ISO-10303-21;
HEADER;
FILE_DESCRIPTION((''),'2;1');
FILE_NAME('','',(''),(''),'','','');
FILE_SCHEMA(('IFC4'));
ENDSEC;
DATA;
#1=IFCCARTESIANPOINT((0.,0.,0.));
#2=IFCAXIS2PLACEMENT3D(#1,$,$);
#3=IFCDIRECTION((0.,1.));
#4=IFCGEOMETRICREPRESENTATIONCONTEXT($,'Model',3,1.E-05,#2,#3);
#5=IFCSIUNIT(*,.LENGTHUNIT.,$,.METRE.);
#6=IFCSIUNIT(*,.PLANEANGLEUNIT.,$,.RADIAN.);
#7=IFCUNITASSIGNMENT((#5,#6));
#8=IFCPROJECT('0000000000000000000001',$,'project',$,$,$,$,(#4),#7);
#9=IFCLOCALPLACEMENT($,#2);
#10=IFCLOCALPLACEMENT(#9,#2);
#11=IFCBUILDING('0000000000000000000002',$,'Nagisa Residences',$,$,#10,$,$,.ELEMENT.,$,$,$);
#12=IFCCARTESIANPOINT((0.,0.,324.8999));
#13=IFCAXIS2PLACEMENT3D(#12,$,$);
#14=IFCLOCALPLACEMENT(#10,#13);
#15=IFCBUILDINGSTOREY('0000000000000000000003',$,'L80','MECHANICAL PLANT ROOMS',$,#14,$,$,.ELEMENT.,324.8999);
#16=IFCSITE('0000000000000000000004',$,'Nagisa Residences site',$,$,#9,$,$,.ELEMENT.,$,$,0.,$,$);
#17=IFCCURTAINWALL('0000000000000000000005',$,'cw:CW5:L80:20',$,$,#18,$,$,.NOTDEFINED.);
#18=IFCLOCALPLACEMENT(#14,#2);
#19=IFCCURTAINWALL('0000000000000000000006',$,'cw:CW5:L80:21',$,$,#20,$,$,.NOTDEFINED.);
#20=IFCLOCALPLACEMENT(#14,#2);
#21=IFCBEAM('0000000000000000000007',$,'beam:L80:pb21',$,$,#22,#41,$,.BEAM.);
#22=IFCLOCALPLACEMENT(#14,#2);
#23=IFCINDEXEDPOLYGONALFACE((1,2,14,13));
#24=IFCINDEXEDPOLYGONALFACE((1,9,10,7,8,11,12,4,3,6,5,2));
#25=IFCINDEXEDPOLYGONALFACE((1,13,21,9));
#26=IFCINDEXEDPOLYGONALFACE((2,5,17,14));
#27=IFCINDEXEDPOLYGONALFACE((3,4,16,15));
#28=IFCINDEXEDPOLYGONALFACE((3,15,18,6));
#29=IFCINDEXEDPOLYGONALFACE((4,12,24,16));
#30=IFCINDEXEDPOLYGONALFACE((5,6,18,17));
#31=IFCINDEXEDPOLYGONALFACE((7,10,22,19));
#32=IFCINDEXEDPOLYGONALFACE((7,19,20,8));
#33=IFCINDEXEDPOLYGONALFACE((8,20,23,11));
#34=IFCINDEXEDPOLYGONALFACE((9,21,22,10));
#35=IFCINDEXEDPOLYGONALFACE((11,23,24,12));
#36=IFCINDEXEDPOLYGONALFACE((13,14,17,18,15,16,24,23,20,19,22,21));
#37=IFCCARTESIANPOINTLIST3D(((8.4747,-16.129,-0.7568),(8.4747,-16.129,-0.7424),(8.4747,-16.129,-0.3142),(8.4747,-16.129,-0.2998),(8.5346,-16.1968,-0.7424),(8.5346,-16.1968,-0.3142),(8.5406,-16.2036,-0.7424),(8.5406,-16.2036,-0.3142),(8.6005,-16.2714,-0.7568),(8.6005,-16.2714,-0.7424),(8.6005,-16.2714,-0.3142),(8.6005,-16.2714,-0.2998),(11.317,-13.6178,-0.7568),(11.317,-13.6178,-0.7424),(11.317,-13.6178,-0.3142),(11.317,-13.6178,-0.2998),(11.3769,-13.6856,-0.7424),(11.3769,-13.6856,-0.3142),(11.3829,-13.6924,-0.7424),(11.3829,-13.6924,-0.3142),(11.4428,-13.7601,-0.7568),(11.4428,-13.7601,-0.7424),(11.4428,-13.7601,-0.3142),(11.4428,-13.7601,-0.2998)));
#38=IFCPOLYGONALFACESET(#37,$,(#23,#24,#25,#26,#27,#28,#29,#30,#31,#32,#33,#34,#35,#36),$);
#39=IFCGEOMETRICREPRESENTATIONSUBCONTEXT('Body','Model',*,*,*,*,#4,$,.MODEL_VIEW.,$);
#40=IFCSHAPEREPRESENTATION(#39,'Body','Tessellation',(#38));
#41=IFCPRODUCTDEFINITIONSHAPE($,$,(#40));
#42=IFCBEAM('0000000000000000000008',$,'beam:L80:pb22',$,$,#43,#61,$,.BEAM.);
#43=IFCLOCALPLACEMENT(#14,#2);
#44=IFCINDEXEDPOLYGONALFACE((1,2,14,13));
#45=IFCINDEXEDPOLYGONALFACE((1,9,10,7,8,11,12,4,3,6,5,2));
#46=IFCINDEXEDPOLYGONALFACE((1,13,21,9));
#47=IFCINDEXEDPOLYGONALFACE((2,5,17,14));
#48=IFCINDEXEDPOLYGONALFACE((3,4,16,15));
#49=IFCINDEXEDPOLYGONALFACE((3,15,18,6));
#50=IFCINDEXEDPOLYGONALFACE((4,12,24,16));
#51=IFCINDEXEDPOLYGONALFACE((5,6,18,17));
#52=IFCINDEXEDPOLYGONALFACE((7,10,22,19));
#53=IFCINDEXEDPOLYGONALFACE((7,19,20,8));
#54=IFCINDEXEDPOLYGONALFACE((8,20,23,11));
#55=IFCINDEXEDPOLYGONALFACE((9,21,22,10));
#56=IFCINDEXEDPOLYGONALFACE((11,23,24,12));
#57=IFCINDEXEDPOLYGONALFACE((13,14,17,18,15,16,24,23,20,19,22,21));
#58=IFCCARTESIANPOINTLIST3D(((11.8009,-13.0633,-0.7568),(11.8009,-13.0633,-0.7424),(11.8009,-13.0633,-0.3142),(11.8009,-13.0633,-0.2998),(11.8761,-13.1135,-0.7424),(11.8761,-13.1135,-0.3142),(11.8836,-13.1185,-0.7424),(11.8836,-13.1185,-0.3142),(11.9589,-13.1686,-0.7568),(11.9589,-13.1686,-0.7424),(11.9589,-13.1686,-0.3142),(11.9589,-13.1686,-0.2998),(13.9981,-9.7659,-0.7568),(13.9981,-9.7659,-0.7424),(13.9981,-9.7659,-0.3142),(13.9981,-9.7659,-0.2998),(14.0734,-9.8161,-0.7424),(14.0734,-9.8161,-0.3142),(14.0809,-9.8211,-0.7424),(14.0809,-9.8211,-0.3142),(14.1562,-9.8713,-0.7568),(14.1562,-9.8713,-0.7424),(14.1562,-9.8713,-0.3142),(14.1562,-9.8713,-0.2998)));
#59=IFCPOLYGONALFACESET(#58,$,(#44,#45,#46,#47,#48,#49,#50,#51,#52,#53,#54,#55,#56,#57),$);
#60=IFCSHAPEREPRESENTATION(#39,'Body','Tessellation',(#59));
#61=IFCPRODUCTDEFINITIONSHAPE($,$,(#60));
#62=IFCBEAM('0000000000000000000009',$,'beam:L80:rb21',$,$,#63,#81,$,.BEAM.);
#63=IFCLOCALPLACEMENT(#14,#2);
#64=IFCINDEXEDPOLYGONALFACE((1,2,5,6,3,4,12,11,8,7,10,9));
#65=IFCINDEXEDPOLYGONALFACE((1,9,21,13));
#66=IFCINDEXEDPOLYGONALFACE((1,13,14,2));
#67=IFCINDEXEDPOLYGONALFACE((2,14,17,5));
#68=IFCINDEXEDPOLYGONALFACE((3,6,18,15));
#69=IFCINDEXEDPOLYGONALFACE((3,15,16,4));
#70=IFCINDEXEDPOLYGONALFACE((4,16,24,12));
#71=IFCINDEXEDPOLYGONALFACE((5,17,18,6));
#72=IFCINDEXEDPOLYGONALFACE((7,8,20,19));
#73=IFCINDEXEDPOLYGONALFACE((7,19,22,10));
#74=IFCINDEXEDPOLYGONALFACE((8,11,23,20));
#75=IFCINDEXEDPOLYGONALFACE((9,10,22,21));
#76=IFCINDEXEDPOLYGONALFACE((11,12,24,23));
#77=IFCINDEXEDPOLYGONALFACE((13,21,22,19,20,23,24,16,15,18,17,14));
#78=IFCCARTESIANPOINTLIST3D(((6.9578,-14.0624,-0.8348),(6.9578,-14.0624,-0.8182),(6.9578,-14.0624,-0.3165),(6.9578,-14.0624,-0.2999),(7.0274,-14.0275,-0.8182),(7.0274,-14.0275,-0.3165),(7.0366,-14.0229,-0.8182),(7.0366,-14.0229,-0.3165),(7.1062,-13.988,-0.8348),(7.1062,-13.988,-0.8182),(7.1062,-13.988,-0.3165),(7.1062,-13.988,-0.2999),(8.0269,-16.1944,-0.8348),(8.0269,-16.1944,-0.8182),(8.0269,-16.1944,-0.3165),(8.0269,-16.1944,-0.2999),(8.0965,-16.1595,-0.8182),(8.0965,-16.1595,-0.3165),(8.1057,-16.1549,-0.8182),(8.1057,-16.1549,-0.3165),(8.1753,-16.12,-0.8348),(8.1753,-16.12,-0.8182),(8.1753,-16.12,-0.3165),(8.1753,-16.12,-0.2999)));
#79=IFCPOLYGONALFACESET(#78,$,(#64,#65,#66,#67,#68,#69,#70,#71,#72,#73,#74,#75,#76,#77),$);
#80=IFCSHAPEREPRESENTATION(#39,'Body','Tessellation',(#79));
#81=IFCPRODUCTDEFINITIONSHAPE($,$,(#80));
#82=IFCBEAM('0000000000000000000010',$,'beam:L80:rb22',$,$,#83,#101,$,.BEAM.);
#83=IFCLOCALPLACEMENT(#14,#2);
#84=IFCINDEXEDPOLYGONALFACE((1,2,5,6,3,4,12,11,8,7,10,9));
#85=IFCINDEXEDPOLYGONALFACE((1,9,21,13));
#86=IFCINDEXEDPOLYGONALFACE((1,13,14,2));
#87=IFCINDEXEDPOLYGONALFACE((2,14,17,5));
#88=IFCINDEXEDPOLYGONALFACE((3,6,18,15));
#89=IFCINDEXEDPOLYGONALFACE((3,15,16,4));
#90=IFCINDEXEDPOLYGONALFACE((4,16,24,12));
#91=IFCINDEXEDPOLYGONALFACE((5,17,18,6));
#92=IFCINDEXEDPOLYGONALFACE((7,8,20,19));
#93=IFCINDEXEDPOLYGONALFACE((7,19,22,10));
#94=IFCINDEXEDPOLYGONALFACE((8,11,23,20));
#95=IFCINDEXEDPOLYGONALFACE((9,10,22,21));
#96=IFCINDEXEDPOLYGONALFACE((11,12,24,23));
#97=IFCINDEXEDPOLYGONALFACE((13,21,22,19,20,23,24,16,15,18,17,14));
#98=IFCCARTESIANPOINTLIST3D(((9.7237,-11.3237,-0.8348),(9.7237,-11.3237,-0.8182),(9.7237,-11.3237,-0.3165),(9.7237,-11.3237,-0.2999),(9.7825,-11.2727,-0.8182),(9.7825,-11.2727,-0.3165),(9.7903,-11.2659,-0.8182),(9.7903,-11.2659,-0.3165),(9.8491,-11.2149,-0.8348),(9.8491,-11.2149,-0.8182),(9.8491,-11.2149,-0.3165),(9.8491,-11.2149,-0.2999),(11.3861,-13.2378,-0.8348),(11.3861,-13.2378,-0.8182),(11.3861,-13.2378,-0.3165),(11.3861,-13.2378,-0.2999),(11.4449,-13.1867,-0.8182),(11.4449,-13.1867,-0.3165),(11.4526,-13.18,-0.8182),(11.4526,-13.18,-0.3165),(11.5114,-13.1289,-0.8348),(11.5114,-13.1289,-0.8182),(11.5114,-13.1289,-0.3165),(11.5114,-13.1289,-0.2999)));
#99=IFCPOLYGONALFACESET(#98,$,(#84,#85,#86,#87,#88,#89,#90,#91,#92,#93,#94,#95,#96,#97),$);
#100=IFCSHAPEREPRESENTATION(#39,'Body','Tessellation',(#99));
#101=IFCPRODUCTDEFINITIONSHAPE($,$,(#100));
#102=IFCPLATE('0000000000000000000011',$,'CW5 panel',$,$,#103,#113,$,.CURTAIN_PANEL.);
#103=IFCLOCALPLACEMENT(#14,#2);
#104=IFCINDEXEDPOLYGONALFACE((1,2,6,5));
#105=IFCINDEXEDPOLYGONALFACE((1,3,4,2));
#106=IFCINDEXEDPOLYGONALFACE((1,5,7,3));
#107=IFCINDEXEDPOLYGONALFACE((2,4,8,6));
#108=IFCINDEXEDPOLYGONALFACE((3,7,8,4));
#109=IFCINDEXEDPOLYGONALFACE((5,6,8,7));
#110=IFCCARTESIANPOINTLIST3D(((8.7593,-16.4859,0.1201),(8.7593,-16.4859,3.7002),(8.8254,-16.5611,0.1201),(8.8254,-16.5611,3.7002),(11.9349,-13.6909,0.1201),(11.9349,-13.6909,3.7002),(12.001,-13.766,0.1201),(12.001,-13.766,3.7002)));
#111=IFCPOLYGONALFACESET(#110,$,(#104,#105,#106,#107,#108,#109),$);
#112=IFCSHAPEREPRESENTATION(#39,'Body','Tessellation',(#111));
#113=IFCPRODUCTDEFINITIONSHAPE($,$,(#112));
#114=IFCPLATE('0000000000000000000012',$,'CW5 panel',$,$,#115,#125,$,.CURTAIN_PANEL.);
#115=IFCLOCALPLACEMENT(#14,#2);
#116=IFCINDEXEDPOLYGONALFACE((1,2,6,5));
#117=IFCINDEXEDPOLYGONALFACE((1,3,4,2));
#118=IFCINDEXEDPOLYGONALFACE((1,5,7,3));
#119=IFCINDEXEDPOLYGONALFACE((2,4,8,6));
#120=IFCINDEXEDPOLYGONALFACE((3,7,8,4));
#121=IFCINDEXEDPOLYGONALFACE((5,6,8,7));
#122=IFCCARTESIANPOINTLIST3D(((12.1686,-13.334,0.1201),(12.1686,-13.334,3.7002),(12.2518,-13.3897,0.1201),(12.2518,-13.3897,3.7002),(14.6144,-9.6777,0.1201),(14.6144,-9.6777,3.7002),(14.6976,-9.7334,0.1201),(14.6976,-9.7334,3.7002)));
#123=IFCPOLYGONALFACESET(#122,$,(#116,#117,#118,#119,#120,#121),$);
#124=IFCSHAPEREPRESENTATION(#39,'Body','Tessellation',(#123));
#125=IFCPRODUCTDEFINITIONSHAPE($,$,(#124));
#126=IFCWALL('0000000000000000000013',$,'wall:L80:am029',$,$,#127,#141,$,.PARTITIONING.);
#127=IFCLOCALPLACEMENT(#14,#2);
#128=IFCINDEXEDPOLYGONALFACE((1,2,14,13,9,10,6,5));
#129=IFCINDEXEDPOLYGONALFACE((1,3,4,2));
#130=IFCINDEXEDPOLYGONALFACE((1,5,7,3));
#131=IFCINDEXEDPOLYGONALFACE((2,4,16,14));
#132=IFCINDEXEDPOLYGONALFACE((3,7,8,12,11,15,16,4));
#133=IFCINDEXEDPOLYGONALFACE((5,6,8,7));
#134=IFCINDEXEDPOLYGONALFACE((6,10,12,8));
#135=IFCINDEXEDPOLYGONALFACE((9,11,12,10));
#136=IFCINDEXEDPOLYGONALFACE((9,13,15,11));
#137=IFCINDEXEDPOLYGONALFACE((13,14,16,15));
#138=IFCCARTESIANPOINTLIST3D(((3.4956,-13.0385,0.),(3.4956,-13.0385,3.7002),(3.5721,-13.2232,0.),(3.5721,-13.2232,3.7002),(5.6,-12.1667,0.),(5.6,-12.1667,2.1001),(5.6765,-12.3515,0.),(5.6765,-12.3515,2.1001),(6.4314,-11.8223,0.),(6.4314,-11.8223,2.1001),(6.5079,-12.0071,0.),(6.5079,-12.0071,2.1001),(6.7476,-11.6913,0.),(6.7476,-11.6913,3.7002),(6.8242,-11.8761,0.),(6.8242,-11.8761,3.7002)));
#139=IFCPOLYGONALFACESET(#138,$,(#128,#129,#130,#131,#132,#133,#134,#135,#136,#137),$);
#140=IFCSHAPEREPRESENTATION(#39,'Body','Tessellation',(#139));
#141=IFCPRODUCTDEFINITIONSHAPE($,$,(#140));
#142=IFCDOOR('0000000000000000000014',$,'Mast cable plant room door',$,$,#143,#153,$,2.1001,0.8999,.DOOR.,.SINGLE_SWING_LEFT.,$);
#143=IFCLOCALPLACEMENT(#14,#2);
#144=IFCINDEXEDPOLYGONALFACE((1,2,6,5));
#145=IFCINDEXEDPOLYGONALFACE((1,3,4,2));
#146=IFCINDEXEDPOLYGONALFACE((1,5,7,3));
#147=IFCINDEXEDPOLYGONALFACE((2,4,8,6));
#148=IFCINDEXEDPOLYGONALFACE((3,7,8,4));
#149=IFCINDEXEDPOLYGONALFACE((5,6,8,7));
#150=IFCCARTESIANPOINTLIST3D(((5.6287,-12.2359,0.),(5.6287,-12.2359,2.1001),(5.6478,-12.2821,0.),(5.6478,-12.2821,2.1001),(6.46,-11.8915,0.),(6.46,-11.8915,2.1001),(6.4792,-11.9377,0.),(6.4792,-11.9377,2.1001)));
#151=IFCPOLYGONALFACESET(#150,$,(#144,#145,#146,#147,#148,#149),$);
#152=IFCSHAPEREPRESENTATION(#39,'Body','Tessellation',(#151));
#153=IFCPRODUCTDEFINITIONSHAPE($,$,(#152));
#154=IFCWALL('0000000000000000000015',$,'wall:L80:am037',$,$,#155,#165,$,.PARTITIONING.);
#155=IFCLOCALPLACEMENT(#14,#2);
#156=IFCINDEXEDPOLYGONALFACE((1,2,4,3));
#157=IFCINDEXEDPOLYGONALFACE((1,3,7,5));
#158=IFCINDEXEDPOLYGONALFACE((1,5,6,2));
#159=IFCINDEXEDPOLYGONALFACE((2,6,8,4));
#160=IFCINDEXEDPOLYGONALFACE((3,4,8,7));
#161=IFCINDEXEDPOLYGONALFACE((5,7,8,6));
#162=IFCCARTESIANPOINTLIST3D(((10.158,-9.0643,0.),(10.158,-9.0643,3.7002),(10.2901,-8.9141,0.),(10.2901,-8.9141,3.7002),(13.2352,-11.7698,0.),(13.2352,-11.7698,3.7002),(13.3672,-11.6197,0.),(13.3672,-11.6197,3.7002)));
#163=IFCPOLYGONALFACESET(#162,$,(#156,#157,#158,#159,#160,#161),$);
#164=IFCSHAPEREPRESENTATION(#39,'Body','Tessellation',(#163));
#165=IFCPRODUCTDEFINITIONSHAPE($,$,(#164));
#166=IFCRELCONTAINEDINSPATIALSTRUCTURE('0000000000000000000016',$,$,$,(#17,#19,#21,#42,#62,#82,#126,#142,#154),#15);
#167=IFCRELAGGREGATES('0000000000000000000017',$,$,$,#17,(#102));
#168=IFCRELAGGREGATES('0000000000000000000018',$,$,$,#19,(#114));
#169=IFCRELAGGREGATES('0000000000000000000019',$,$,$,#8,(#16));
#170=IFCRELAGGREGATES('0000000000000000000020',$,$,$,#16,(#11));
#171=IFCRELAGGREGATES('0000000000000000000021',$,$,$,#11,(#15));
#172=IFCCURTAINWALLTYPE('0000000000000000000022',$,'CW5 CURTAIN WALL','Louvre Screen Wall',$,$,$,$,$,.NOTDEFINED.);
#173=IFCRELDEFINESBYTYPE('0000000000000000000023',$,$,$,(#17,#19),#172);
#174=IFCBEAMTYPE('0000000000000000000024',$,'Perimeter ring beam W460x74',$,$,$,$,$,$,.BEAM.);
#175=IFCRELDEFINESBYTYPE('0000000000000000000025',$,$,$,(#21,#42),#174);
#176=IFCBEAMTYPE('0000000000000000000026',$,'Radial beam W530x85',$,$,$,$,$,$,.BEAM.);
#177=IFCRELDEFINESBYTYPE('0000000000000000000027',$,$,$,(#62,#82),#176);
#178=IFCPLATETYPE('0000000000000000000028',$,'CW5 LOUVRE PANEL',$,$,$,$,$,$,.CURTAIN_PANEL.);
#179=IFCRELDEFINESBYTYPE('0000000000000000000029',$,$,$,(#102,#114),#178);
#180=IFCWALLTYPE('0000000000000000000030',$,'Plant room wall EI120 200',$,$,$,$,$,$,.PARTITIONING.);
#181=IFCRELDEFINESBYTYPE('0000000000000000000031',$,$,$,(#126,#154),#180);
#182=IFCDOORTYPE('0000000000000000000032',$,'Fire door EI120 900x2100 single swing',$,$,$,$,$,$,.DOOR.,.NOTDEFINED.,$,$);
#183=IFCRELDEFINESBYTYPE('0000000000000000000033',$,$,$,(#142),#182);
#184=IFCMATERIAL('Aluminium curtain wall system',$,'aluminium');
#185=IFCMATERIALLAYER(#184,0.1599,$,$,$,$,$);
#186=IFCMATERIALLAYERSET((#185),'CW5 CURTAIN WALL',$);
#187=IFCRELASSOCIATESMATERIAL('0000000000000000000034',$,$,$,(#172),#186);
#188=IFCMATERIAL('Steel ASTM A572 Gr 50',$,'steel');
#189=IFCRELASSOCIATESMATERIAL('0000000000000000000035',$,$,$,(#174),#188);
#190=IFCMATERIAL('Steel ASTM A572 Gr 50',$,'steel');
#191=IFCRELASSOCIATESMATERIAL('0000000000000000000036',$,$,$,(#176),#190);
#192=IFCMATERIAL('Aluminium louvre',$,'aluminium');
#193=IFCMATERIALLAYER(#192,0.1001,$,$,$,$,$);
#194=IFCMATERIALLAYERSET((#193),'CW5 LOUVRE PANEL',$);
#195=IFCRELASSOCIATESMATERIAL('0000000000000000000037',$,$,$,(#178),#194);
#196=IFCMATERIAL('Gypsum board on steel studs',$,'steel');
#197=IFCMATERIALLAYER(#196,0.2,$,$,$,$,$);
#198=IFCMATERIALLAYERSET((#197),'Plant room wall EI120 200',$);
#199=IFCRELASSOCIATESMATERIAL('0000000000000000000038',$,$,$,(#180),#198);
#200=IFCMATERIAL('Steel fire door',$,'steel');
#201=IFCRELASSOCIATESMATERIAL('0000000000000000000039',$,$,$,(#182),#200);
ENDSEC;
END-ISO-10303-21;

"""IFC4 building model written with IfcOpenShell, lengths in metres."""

from ifc_helpers import new_model, si_unit, direction, frame, frame_2d, origin, origin_2d, place, context, subcontext, project, spatial, rectangle, i_section, extrude, material, layer, layer_set, material_profile, profile_set, type_object, element, fill, aggregate, save


model = new_model("IFC4")

# Units and contexts
model_context = context("Model", 3, precision=1e-05, world=origin(), true_north=direction((0.0, 1.0)))
body_context = subcontext(model_context, "Body", "Model", "MODEL_VIEW")
ifc_project = project(units=[si_unit("LENGTHUNIT", "METRE"), si_unit("PLANEANGLEUNIT", "RADIAN")], contexts=[model_context])

# Site, building, storey
site_placement = place(None, origin())
site = spatial("IfcSite", under=ifc_project, at=site_placement, Name="Nagisa Residences site", CompositionType="ELEMENT", RefElevation=0.0)
building_placement = place(site_placement, origin())
building = spatial("IfcBuilding", under=site, at=building_placement, Name="Nagisa Residences", CompositionType="ELEMENT")
storey_placement = place(building_placement, frame((0.0, 0.0, 324.8999)))
storey = spatial("IfcBuildingStorey", under=building, at=storey_placement, Name="L80", Description="MECHANICAL PLANT ROOMS", CompositionType="ELEMENT", Elevation=324.8999)

# Curtain walls
ifc_material_1 = material(Name="Aluminium curtain wall system", Category="aluminium")
ifc_layer_1 = layer(ifc_material_1, 0.1599)
ifc_layer_set_1 = layer_set([ifc_layer_1], Name="CW5 CURTAIN WALL")
curtain_wall_type = type_object("IfcCurtainWallType", Name="CW5 CURTAIN WALL", Description="Louvre Screen Wall", PredefinedType="NOTDEFINED", material=ifc_layer_set_1)
curtain_wall_1_placement = place(storey_placement, origin())
curtain_wall_1 = element("IfcCurtainWall", 1, at=curtain_wall_1_placement, inside=storey, type_object=curtain_wall_type, Name="cw:CW5:L80:20", PredefinedType="NOTDEFINED")
curtain_wall_2_placement = place(storey_placement, origin())
curtain_wall_2 = element("IfcCurtainWall", 2, at=curtain_wall_2_placement, inside=storey, type_object=curtain_wall_type, Name="cw:CW5:L80:21", PredefinedType="NOTDEFINED")

# Beams
ifc_material_2 = material(Name="Steel ASTM A572 Gr 50", Category="steel")
ifc_material_profile_1 = material_profile(ifc_material_2, i_section(OverallWidth=0.1899, OverallDepth=0.457, WebThickness=0.009, FlangeThickness=0.0144, at=origin_2d()), Name="W460x74")
ifc_profile_set_1 = profile_set([ifc_material_profile_1], Name="Steel ASTM A572 Gr 50")
beam_type_1 = type_object("IfcBeamType", Name="Perimeter ring beam W460x74", PredefinedType="BEAM", material=ifc_profile_set_1)
beam_1_placement = place(storey_placement, frame((8.5376, -16.2002, -0.5283), z_axis=(0.749402, 0.662115, 0.0), x_axis=(-0.662115, 0.749402, 0.0)))
element("IfcBeam", 3, at=beam_1_placement, inside=storey, type_object=beam_type_1, Name="beam:L80:pb21", PredefinedType="BEAM", context=body_context, shape_type="SweptSolid", body=[
    extrude(i_section(OverallWidth=0.1899, OverallDepth=0.457, WebThickness=0.009, FlangeThickness=0.0144, at=origin_2d()), origin(), (0.0, 0.0, 1.0), 3.7927),
])
beam_2_placement = place(storey_placement, frame((11.8799, -13.116, -0.5283), z_axis=(0.55453, 0.832164, 0.0), x_axis=(-0.832164, 0.55453, 0.0)))
element("IfcBeam", 4, at=beam_2_placement, inside=storey, type_object=beam_type_1, Name="beam:L80:pb22", PredefinedType="BEAM", context=body_context, shape_type="SweptSolid", body=[
    extrude(i_section(OverallWidth=0.1899, OverallDepth=0.457, WebThickness=0.009, FlangeThickness=0.0144, at=origin_2d()), origin(), (0.0, 0.0, 1.0), 3.9624),
])
ifc_material_3 = material(Name="Steel ASTM A572 Gr 50", Category="steel")
ifc_material_profile_2 = material_profile(ifc_material_3, i_section(OverallWidth=0.166, OverallDepth=0.5349, WebThickness=0.0103, FlangeThickness=0.0166, at=origin_2d()), Name="W530x85")
ifc_profile_set_2 = profile_set([ifc_material_profile_2], Name="Steel ASTM A572 Gr 50")
beam_type_2 = type_object("IfcBeamType", Name="Radial beam W530x85", PredefinedType="BEAM", material=ifc_profile_set_2)
beam_3_placement = place(storey_placement, frame((8.1011, -16.1572, -0.5674), z_axis=(-0.448237, 0.893915, 0.0), x_axis=(-0.893915, -0.448237, 0.0)))
element("IfcBeam", 5, at=beam_3_placement, inside=storey, type_object=beam_type_2, Name="beam:L80:rb21", PredefinedType="BEAM", context=body_context, shape_type="SweptSolid", body=[
    extrude(i_section(OverallWidth=0.166, OverallDepth=0.5349, WebThickness=0.0103, FlangeThickness=0.0166, at=origin_2d()), origin(), (0.0, 0.0, 1.0), 2.385),
])
beam_4_placement = place(storey_placement, frame((11.4487, -13.1833, -0.5674), z_axis=(-0.655718, 0.755006, 0.0), x_axis=(-0.755006, -0.655718, 0.0)))
element("IfcBeam", 6, at=beam_4_placement, inside=storey, type_object=beam_type_2, Name="beam:L80:rb22", PredefinedType="BEAM", context=body_context, shape_type="SweptSolid", body=[
    extrude(i_section(OverallWidth=0.166, OverallDepth=0.5349, WebThickness=0.0103, FlangeThickness=0.0166, at=origin_2d()), origin(), (0.0, 0.0, 1.0), 2.5352),
])

# Plates
ifc_material_4 = material(Name="Aluminium louvre", Category="aluminium")
ifc_layer_2 = layer(ifc_material_4, 0.1001)
ifc_layer_set_2 = layer_set([ifc_layer_2], Name="CW5 LOUVRE PANEL")
plate_type = type_object("IfcPlateType", Name="CW5 LOUVRE PANEL", PredefinedType="CURTAIN_PANEL", material=ifc_layer_set_2)
plate_1_placement = place(storey_placement, frame((10.3801, -15.126, 0.1201), z_axis=(0.0, 0.0, 1.0), x_axis=(0.750651, 0.660699, 0.0)))
plate_1 = element("IfcPlate", 7, at=plate_1_placement, type_object=plate_type, Name="CW5 panel", PredefinedType="CURTAIN_PANEL", context=body_context, shape_type="SweptSolid", body=[
    extrude(rectangle(XDim=4.2305, YDim=0.1001, at=origin_2d()), origin(), (0.0, 0.0, 1.0), 3.5801),
])
aggregate(curtain_wall_1, [plate_1])
plate_2_placement = place(storey_placement, frame((13.4331, -11.5337, 0.1201), z_axis=(0.0, 0.0, 1.0), x_axis=(0.556014, 0.831173, 0.0)))
plate_2 = element("IfcPlate", 8, at=plate_2_placement, type_object=plate_type, Name="CW5 panel", PredefinedType="CURTAIN_PANEL", context=body_context, shape_type="SweptSolid", body=[
    extrude(rectangle(XDim=4.3989, YDim=0.1001, at=origin_2d()), origin(), (0.0, 0.0, 1.0), 3.5801),
])
aggregate(curtain_wall_2, [plate_2])

# Wall, opening, door
ifc_material_5 = material(Name="Gypsum board on steel studs", Category="steel")
ifc_layer_3 = layer(ifc_material_5, 0.2)
ifc_layer_set_3 = layer_set([ifc_layer_3], Name="Plant room wall EI120 200")
wall_type = type_object("IfcWallType", Name="Plant room wall EI120 200", PredefinedType="PARTITIONING", material=ifc_layer_set_3)
wall_1_placement = place(storey_placement, frame((6.7859, -11.7837, 0.0), z_axis=(0.0, 0.0, 1.0), x_axis=(-0.923863, -0.382723, 0.0)))
wall_1 = element("IfcWall", 9, at=wall_1_placement, inside=storey, type_object=wall_type, Name="wall:L80:am029", PredefinedType="PARTITIONING", context=body_context, shape_type="SweptSolid", body=[
    extrude(rectangle(XDim=3.52, YDim=0.2, at=frame_2d((1.76, 0.0))), origin(), (0.0, 0.0, 1.0), 3.7002),
])
opening_placement = place(wall_1_placement, frame((0.3423, 0.0, 0.0)))
opening = element("IfcOpeningElement", 10, at=opening_placement, cuts=wall_1, PredefinedType="OPENING", context=body_context, shape_type="SweptSolid", body=[
    extrude(rectangle(XDim=0.8999, YDim=2.1001, at=frame_2d((0.45, 1.05))), frame((0.0, 0.1099, 0.0), z_axis=(0.0, -1.0, 0.0), x_axis=(1.0, 0.0, 0.0)), (0.0, 0.0, 1.0), 0.22),
])
ifc_material_6 = material(Name="Steel fire door", Category="steel")
door_type = type_object("IfcDoorType", Name="Fire door EI120 900x2100 single swing", OperationType="NOTDEFINED", PredefinedType="DOOR", material=ifc_material_6)
door_placement = place(opening_placement, origin())
door = element("IfcDoor", 11, at=door_placement, inside=storey, type_object=door_type, Name="Mast cable plant room door", OperationType="SINGLE_SWING_LEFT", OverallHeight=2.1001, OverallWidth=0.8999, PredefinedType="DOOR", context=body_context, shape_type="SweptSolid", body=[
    extrude(rectangle(XDim=0.8999, YDim=2.1001, at=frame_2d((0.45, 1.05))), frame((0.0, 0.0249, 0.0), z_axis=(0.0, -1.0, 0.0), x_axis=(1.0, 0.0, 0.0)), (0.0, 0.0, 1.0), 0.05),
])
fill(opening, door)

# Wall
wall_2_placement = place(storey_placement, frame((13.3013, -11.6948, 0.0), z_axis=(0.0, 0.0, 1.0), x_axis=(-0.750995, 0.660308, 0.0)))
element("IfcWall", 12, at=wall_2_placement, inside=storey, type_object=wall_type, Name="wall:L80:am037", PredefinedType="PARTITIONING", context=body_context, shape_type="SweptSolid", body=[
    extrude(rectangle(XDim=4.0974, YDim=0.2, at=frame_2d((2.0488, 0.0))), origin(), (0.0, 0.0, 1.0), 3.7002),
])

save(model, "model.ifc")
